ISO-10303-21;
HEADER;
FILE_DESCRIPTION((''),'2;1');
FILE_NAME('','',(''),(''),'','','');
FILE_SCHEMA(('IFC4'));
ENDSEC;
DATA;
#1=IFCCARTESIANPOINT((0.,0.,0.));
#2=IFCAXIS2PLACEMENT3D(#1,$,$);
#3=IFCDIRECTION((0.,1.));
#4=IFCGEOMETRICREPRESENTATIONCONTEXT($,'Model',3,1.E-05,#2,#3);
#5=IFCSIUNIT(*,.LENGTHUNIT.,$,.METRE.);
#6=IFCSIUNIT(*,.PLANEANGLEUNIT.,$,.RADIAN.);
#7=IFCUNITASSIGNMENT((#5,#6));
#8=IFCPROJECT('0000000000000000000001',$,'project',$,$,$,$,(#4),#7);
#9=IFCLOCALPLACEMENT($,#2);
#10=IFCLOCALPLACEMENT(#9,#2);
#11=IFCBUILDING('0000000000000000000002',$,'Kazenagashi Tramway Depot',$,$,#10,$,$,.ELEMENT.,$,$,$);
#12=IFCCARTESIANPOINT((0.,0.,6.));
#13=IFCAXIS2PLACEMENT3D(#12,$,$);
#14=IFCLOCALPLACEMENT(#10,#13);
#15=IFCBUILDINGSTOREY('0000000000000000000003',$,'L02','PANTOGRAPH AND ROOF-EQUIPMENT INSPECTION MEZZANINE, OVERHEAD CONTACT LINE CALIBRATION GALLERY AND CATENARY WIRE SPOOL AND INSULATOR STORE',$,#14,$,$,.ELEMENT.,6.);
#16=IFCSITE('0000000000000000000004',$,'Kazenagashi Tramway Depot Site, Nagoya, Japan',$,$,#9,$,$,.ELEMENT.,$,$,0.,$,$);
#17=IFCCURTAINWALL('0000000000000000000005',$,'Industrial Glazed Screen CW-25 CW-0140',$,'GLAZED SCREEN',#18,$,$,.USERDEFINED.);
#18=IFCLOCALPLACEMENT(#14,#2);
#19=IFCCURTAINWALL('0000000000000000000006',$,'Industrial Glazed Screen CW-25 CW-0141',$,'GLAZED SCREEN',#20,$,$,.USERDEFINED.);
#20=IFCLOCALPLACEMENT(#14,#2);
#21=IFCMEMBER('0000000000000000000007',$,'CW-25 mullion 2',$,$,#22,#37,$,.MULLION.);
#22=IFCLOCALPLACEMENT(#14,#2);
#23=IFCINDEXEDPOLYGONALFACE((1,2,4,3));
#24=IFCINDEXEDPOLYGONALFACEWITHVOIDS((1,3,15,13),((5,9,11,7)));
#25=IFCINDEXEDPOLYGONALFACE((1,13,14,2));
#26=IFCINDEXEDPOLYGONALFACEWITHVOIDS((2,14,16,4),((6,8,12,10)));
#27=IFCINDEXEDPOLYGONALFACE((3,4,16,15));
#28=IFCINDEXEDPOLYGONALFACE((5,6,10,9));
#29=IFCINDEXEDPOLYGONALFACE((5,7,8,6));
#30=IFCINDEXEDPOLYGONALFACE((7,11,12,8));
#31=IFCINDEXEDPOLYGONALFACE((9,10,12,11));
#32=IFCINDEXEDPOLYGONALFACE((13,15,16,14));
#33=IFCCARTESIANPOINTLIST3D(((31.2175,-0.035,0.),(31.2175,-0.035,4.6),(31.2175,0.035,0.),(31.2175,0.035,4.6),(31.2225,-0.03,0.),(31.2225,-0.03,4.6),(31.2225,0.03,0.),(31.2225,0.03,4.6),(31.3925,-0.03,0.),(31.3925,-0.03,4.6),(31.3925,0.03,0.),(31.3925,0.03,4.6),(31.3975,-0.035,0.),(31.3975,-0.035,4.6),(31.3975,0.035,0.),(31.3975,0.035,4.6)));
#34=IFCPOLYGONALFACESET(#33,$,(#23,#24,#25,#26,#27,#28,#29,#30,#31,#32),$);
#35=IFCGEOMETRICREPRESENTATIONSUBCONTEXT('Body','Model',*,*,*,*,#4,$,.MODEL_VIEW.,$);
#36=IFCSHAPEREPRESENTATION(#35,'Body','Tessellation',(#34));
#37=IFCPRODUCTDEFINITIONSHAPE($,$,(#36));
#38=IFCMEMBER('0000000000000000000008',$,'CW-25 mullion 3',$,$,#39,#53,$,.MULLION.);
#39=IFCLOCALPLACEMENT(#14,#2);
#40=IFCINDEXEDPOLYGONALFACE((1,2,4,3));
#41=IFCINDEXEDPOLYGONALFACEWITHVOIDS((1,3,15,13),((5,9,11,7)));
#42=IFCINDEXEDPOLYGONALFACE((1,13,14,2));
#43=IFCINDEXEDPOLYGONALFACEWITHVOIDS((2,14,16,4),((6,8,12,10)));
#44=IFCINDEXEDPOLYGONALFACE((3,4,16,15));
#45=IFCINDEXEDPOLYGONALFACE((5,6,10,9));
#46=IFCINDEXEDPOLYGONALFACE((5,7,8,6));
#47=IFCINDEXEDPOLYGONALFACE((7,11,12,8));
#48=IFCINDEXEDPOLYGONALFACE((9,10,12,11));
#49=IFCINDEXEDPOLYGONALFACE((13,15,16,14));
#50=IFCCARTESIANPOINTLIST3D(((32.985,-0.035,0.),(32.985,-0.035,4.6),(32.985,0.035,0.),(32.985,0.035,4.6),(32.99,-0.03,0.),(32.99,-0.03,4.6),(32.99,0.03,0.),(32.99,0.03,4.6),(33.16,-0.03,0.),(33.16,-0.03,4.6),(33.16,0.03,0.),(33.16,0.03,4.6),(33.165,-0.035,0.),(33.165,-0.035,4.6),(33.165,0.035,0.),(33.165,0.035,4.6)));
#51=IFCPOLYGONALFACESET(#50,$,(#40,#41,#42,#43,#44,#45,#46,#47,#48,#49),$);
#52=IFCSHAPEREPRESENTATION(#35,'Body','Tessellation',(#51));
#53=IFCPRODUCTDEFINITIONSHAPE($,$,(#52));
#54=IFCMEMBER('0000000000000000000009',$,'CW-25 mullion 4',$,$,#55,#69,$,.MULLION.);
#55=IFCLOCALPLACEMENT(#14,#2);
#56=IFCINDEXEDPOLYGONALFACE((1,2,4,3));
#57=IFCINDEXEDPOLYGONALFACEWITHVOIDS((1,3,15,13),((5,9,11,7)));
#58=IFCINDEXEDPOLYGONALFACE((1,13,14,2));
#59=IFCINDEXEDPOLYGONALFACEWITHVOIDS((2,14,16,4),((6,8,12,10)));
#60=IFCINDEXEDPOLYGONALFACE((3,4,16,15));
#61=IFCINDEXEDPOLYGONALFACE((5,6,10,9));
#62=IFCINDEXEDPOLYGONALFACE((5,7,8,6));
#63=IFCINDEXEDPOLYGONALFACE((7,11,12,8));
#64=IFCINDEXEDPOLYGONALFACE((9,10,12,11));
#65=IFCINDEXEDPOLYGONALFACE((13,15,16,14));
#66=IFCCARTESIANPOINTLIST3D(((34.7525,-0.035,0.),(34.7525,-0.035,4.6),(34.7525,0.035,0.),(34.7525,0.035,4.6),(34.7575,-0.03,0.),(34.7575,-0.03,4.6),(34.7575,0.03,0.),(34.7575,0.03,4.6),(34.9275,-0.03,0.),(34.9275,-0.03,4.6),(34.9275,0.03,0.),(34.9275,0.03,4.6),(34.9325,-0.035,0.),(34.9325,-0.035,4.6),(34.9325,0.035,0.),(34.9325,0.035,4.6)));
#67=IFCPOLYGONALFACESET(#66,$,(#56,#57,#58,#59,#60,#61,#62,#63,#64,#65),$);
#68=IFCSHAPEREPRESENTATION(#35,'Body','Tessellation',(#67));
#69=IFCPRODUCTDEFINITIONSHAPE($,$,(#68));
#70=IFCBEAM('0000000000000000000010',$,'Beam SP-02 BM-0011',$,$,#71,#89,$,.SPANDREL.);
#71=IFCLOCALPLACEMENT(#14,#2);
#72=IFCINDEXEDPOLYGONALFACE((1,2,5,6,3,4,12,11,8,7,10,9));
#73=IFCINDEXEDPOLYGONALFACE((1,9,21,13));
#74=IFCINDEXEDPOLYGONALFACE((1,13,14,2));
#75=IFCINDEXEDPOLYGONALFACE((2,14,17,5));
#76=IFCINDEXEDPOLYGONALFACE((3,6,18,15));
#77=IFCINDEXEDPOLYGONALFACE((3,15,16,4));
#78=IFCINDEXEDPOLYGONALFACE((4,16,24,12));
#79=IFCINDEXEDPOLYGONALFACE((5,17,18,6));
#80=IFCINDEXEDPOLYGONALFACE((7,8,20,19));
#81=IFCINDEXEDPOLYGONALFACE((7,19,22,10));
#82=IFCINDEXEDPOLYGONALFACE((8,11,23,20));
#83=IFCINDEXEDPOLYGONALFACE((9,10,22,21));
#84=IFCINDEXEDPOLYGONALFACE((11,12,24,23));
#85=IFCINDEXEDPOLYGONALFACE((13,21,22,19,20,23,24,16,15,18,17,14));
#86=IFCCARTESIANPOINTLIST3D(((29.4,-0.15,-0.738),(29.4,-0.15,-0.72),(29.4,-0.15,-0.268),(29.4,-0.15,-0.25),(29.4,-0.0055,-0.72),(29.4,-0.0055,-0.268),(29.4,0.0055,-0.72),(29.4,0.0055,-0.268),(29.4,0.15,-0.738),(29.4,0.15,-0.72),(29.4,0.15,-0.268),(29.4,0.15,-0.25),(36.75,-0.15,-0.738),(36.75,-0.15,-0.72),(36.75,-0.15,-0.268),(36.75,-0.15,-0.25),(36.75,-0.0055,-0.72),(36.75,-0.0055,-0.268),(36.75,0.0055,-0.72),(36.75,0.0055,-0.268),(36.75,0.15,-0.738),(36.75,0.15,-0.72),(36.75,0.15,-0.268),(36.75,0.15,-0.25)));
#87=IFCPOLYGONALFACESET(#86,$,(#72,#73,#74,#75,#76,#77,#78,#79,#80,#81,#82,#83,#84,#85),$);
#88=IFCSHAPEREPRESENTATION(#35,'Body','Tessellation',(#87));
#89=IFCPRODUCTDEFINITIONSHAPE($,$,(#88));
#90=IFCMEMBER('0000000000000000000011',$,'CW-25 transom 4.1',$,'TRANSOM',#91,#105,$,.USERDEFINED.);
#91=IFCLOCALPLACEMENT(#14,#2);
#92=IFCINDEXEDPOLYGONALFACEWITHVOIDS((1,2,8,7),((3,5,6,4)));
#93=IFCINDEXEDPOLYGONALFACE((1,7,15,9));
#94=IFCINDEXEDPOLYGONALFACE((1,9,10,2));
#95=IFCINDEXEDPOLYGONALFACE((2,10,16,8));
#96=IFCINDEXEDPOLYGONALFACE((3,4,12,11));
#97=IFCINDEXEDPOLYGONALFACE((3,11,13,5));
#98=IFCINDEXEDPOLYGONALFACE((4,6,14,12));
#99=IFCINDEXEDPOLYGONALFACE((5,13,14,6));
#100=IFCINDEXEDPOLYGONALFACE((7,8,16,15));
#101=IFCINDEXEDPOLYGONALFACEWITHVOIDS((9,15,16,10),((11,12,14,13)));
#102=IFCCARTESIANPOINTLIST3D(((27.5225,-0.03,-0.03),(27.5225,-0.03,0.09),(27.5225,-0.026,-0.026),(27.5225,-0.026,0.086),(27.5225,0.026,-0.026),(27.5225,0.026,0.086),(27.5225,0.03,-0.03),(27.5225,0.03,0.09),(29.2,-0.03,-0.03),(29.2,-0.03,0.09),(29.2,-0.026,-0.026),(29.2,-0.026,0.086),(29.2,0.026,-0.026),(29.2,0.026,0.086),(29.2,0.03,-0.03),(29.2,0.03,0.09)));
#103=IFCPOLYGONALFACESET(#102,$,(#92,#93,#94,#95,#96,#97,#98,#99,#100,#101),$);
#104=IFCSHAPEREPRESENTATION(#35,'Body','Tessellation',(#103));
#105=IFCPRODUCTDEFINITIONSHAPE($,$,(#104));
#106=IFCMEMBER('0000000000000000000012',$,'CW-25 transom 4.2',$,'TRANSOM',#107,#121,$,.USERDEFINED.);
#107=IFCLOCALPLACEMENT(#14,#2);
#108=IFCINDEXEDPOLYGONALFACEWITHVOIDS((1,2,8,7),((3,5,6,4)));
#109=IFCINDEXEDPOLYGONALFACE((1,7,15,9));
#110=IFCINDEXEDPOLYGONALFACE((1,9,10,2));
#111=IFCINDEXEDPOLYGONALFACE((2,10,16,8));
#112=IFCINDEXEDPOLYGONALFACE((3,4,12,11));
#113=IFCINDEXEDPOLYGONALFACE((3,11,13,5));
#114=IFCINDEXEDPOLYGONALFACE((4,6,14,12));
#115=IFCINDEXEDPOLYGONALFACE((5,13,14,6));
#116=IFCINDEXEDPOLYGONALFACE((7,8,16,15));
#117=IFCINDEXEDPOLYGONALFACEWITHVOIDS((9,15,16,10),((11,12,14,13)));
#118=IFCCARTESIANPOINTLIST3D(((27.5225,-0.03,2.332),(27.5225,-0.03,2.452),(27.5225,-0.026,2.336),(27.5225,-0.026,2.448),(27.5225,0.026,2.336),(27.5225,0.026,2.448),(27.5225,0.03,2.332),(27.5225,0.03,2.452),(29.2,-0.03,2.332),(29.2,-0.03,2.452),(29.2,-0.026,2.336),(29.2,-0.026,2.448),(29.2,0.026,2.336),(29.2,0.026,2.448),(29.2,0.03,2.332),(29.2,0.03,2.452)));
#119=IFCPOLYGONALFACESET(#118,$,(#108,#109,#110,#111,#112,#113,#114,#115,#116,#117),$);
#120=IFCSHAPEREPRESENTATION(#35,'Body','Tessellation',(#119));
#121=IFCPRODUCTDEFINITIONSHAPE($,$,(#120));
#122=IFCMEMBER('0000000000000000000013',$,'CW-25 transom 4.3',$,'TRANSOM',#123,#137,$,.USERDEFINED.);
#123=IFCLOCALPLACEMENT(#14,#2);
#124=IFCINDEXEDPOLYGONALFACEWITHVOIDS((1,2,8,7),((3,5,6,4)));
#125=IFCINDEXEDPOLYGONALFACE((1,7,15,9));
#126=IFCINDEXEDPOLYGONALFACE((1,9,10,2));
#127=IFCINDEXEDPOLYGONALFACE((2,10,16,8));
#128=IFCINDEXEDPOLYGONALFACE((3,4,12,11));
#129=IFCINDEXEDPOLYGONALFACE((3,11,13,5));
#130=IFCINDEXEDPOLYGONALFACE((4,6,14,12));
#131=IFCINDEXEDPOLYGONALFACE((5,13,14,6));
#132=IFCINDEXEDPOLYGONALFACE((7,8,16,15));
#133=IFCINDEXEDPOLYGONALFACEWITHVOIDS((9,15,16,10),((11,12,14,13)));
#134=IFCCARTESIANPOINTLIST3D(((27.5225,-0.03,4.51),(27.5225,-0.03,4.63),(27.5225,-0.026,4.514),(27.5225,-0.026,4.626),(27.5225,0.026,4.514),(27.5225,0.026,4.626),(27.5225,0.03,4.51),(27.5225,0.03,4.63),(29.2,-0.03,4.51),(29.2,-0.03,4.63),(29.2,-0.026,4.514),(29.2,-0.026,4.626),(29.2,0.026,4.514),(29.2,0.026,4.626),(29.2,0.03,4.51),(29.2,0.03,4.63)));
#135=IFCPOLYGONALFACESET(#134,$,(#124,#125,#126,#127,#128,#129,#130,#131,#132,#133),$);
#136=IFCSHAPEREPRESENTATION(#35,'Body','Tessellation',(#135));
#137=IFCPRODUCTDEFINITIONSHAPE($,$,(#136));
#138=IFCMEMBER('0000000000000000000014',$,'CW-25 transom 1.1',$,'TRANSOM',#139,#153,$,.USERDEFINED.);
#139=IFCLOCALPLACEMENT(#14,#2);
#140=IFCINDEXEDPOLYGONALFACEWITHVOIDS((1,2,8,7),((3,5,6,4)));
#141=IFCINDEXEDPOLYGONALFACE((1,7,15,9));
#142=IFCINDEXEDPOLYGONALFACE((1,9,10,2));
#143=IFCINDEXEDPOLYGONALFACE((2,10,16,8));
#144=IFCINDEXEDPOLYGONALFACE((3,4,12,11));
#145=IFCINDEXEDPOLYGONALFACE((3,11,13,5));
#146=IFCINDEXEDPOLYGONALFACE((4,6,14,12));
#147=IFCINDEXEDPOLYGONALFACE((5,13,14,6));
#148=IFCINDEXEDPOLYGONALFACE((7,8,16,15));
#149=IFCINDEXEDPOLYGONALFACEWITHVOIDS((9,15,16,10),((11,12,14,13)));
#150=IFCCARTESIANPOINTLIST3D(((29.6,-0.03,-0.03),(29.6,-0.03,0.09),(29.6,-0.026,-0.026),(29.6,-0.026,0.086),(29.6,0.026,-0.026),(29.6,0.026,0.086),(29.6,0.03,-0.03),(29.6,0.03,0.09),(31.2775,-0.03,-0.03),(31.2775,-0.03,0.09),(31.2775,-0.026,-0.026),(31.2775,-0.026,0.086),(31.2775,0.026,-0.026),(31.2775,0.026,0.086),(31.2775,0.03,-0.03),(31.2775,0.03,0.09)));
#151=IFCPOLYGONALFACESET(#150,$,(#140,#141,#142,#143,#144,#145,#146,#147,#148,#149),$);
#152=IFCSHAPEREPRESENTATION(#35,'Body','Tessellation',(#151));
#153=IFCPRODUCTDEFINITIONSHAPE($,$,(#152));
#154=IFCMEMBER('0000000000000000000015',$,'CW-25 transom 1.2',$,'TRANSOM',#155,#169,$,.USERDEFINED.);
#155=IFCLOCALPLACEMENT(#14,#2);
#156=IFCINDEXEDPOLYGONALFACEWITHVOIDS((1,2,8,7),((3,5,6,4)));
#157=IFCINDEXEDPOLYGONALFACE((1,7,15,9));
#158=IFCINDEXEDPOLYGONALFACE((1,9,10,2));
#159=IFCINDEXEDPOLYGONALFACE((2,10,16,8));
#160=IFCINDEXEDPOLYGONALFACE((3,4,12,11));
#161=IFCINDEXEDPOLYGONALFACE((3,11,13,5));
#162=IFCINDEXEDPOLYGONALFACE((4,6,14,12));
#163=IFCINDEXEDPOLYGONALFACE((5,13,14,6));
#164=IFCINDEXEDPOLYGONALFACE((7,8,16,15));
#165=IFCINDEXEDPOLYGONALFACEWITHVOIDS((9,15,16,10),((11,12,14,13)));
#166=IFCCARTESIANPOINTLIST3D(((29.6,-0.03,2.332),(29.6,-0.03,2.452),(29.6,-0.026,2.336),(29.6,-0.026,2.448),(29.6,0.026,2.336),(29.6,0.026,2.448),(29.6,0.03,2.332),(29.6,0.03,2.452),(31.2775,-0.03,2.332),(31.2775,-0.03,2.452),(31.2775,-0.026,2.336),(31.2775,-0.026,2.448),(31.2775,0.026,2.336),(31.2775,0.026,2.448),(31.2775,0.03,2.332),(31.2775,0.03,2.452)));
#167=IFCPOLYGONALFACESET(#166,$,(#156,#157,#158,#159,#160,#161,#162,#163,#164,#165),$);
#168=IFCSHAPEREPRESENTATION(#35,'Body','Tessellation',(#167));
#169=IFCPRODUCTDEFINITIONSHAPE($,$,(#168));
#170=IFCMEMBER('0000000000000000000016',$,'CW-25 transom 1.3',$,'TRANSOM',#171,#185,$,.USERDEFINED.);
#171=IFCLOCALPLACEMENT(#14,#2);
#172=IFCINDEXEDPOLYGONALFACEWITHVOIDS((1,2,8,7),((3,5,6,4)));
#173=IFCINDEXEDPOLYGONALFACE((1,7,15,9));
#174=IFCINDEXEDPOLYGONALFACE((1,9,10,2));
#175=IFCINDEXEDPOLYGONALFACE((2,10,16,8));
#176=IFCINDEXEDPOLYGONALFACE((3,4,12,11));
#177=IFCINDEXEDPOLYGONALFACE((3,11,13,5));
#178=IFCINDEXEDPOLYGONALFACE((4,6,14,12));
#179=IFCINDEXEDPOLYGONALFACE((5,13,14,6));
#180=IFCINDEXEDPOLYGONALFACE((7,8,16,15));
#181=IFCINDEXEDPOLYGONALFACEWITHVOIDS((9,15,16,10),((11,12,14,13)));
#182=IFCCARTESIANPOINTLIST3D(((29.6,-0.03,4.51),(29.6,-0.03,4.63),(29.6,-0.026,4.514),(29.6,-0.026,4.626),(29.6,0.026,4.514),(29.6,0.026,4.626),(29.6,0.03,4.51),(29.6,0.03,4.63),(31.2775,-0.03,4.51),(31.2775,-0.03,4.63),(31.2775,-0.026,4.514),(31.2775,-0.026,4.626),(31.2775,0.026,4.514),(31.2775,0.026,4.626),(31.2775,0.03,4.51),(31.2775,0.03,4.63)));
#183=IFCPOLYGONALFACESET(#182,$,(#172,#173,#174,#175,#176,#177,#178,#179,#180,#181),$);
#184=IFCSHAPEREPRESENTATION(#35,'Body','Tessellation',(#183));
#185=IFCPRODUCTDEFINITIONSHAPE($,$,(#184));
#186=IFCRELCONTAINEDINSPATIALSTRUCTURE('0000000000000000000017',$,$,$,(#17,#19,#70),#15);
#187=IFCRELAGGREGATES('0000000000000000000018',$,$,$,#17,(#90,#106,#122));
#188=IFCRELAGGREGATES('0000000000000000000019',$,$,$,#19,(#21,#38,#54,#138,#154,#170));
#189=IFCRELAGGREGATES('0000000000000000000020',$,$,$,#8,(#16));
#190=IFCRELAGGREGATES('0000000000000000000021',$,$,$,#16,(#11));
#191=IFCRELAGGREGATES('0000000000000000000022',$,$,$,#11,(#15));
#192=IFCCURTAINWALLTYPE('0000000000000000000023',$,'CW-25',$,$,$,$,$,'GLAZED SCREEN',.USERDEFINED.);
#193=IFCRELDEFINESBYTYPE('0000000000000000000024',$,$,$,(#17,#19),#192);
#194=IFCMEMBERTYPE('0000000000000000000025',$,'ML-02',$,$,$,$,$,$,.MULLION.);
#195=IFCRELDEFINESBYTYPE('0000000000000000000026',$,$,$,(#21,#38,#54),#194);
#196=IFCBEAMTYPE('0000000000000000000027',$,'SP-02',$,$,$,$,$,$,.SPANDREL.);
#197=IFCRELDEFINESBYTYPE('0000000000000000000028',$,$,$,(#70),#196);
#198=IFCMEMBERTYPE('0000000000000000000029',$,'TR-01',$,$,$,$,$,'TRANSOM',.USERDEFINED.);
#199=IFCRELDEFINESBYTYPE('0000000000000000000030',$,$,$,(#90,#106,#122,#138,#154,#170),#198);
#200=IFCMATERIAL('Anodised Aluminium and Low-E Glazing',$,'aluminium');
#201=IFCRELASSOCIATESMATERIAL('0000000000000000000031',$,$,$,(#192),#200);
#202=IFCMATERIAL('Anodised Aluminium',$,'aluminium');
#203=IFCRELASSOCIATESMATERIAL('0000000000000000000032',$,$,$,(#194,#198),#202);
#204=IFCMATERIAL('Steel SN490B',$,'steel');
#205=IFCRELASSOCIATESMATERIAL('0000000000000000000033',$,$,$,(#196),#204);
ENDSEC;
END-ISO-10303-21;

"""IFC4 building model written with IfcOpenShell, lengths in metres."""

from ifc_helpers import new_model, si_unit, direction, frame, origin, origin_2d, place, context, subcontext, project, spatial, hollow_rectangle, i_section, extrude, material, material_profile, profile_set, type_object, element, aggregate, save


model = new_model("IFC4")

# Units and contexts
model_context = context("Model", 3, precision=1e-05, world=origin(), true_north=direction((0.0, 1.0)))
body_context = subcontext(model_context, "Body", "Model", "MODEL_VIEW")
ifc_project = project(units=[si_unit("LENGTHUNIT", "METRE"), si_unit("PLANEANGLEUNIT", "RADIAN")], contexts=[model_context])

# Site, building, storey
site_placement = place(None, origin())
site = spatial("IfcSite", under=ifc_project, at=site_placement, Name="Kazenagashi Tramway Depot Site, Nagoya, Japan", CompositionType="ELEMENT", RefElevation=0.0)
building_placement = place(site_placement, origin())
building = spatial("IfcBuilding", under=site, at=building_placement, Name="Kazenagashi Tramway Depot", CompositionType="ELEMENT")
storey_placement = place(building_placement, frame((0.0, 0.0, 6.0)))
storey = spatial("IfcBuildingStorey", under=building, at=storey_placement, Name="L02", Description="PANTOGRAPH AND ROOF-EQUIPMENT INSPECTION MEZZANINE, OVERHEAD CONTACT LINE CALIBRATION GALLERY AND CATENARY WIRE SPOOL AND INSULATOR STORE", CompositionType="ELEMENT", Elevation=6.0)

# Shared definitions
ifc_material_1 = material(Name="Steel SN490B", Category="steel")

# Curtain wall
ifc_material_2 = material(Name="Anodised Aluminium and Low-E Glazing", Category="aluminium")
curtain_wall_type = type_object("IfcCurtainWallType", Name="CW-25", ElementType="GLAZED SCREEN", PredefinedType="USERDEFINED", material=ifc_material_2)
curtain_wall_1_placement = place(storey_placement, origin())
curtain_wall_1 = element("IfcCurtainWall", 1, at=curtain_wall_1_placement, inside=storey, type_object=curtain_wall_type, Name="Industrial Glazed Screen CW-25 CW-0140", ObjectType="GLAZED SCREEN", PredefinedType="USERDEFINED")
ifc_material_3 = material(Name="Anodised Aluminium", Category="aluminium")
ifc_material_profile_1 = material_profile(ifc_material_3, hollow_rectangle(XDim=0.07, YDim=0.18, WallThickness=0.005, at=origin_2d()), Name="RHS-180x70x5")
ifc_profile_set_1 = profile_set([ifc_material_profile_1], Name="Anodised Aluminium")
member_type_1 = type_object("IfcMemberType", Name="ML-02", PredefinedType="MULLION", material=ifc_profile_set_1)

# Curtain wall, members
curtain_wall_2_placement = place(storey_placement, origin())
curtain_wall_2 = element("IfcCurtainWall", 2, at=curtain_wall_2_placement, inside=storey, type_object=curtain_wall_type, Name="Industrial Glazed Screen CW-25 CW-0141", ObjectType="GLAZED SCREEN", PredefinedType="USERDEFINED")
member_1_placement = place(storey_placement, frame((31.3075, 0.0, 0.0), z_axis=(0.0, 0.0, 1.0), x_axis=(0.0, 1.0, 0.0)))
member_1 = element("IfcMember", 3, at=member_1_placement, type_object=member_type_1, Name="CW-25 mullion 2", PredefinedType="MULLION", context=body_context, shape_type="SweptSolid", body=[
    extrude(hollow_rectangle(XDim=0.07, YDim=0.18, WallThickness=0.005, at=origin_2d()), origin(), (0.0, 0.0, 1.0), 4.6),
])
member_2_placement = place(storey_placement, frame((33.075, 0.0, 0.0), z_axis=(0.0, 0.0, 1.0), x_axis=(0.0, 1.0, 0.0)))
member_2 = element("IfcMember", 4, at=member_2_placement, type_object=member_type_1, Name="CW-25 mullion 3", PredefinedType="MULLION", context=body_context, shape_type="SweptSolid", body=[
    extrude(hollow_rectangle(XDim=0.07, YDim=0.18, WallThickness=0.005, at=origin_2d()), origin(), (0.0, 0.0, 1.0), 4.6),
])
member_3_placement = place(storey_placement, frame((34.8425, 0.0, 0.0), z_axis=(0.0, 0.0, 1.0), x_axis=(0.0, 1.0, 0.0)))
member_3 = element("IfcMember", 5, at=member_3_placement, type_object=member_type_1, Name="CW-25 mullion 4", PredefinedType="MULLION", context=body_context, shape_type="SweptSolid", body=[
    extrude(hollow_rectangle(XDim=0.07, YDim=0.18, WallThickness=0.005, at=origin_2d()), origin(), (0.0, 0.0, 1.0), 4.6),
])

# Beam
ifc_material_profile_2 = material_profile(ifc_material_1, i_section(OverallWidth=0.3, OverallDepth=0.488, WebThickness=0.011, FlangeThickness=0.018, at=origin_2d()), Name="H-488x300x11x18")
ifc_profile_set_2 = profile_set([ifc_material_profile_2], Name="Steel SN490B")
beam_type_1 = type_object("IfcBeamType", Name="SP-02", PredefinedType="SPANDREL", material=ifc_profile_set_2)
beam_1_placement = place(storey_placement, frame((29.4, 0.0, -0.494), z_axis=(1.0, 0.0, 0.0), x_axis=(0.0, 1.0, 0.0)))
element("IfcBeam", 6, at=beam_1_placement, inside=storey, type_object=beam_type_1, Name="Beam SP-02 BM-0011", PredefinedType="SPANDREL", context=body_context, shape_type="SweptSolid", body=[
    extrude(i_section(OverallWidth=0.3, OverallDepth=0.488, WebThickness=0.011, FlangeThickness=0.018, at=origin_2d()), origin(), (0.0, 0.0, 1.0), 7.35),
])

# Members
ifc_material_profile_3 = material_profile(ifc_material_3, hollow_rectangle(XDim=0.06, YDim=0.12, WallThickness=0.004, at=origin_2d()), Name="RHS-120x60x4")
ifc_profile_set_3 = profile_set([ifc_material_profile_3], Name="Anodised Aluminium")
member_type_2 = type_object("IfcMemberType", Name="TR-01", ElementType="TRANSOM", PredefinedType="USERDEFINED", material=ifc_profile_set_3)
member_4_placement = place(storey_placement, frame((27.5225, 0.0, 0.03), z_axis=(1.0, 0.0, 0.0), x_axis=(0.0, 1.0, 0.0)))
member_4 = element("IfcMember", 7, at=member_4_placement, type_object=member_type_2, Name="CW-25 transom 4.1", ObjectType="TRANSOM", PredefinedType="USERDEFINED", context=body_context, shape_type="SweptSolid", body=[
    extrude(hollow_rectangle(XDim=0.06, YDim=0.12, WallThickness=0.004, at=origin_2d()), origin(), (0.0, 0.0, 1.0), 1.6775),
])
member_5_placement = place(storey_placement, frame((27.5225, 0.0, 2.392), z_axis=(1.0, 0.0, 0.0), x_axis=(0.0, 1.0, 0.0)))
member_5 = element("IfcMember", 8, at=member_5_placement, type_object=member_type_2, Name="CW-25 transom 4.2", ObjectType="TRANSOM", PredefinedType="USERDEFINED", context=body_context, shape_type="SweptSolid", body=[
    extrude(hollow_rectangle(XDim=0.06, YDim=0.12, WallThickness=0.004, at=origin_2d()), origin(), (0.0, 0.0, 1.0), 1.6775),
])
member_6_placement = place(storey_placement, frame((27.5225, 0.0, 4.57), z_axis=(1.0, 0.0, 0.0), x_axis=(0.0, 1.0, 0.0)))
member_6 = element("IfcMember", 9, at=member_6_placement, type_object=member_type_2, Name="CW-25 transom 4.3", ObjectType="TRANSOM", PredefinedType="USERDEFINED", context=body_context, shape_type="SweptSolid", body=[
    extrude(hollow_rectangle(XDim=0.06, YDim=0.12, WallThickness=0.004, at=origin_2d()), origin(), (0.0, 0.0, 1.0), 1.6775),
])
member_7_placement = place(storey_placement, frame((29.6, 0.0, 0.03), z_axis=(1.0, 0.0, 0.0), x_axis=(0.0, 1.0, 0.0)))
member_7 = element("IfcMember", 10, at=member_7_placement, type_object=member_type_2, Name="CW-25 transom 1.1", ObjectType="TRANSOM", PredefinedType="USERDEFINED", context=body_context, shape_type="SweptSolid", body=[
    extrude(hollow_rectangle(XDim=0.06, YDim=0.12, WallThickness=0.004, at=origin_2d()), origin(), (0.0, 0.0, 1.0), 1.6775),
])
member_8_placement = place(storey_placement, frame((29.6, 0.0, 2.392), z_axis=(1.0, 0.0, 0.0), x_axis=(0.0, 1.0, 0.0)))
member_8 = element("IfcMember", 11, at=member_8_placement, type_object=member_type_2, Name="CW-25 transom 1.2", ObjectType="TRANSOM", PredefinedType="USERDEFINED", context=body_context, shape_type="SweptSolid", body=[
    extrude(hollow_rectangle(XDim=0.06, YDim=0.12, WallThickness=0.004, at=origin_2d()), origin(), (0.0, 0.0, 1.0), 1.6775),
])
member_9_placement = place(storey_placement, frame((29.6, 0.0, 4.57), z_axis=(1.0, 0.0, 0.0), x_axis=(0.0, 1.0, 0.0)))
member_9 = element("IfcMember", 12, at=member_9_placement, type_object=member_type_2, Name="CW-25 transom 1.3", ObjectType="TRANSOM", PredefinedType="USERDEFINED", context=body_context, shape_type="SweptSolid", body=[
    extrude(hollow_rectangle(XDim=0.06, YDim=0.12, WallThickness=0.004, at=origin_2d()), origin(), (0.0, 0.0, 1.0), 1.6775),
])

aggregate(curtain_wall_1, [member_4, member_5, member_6])
aggregate(curtain_wall_2, [member_1, member_2, member_3, member_7, member_8, member_9])

save(model, "model.ifc")
